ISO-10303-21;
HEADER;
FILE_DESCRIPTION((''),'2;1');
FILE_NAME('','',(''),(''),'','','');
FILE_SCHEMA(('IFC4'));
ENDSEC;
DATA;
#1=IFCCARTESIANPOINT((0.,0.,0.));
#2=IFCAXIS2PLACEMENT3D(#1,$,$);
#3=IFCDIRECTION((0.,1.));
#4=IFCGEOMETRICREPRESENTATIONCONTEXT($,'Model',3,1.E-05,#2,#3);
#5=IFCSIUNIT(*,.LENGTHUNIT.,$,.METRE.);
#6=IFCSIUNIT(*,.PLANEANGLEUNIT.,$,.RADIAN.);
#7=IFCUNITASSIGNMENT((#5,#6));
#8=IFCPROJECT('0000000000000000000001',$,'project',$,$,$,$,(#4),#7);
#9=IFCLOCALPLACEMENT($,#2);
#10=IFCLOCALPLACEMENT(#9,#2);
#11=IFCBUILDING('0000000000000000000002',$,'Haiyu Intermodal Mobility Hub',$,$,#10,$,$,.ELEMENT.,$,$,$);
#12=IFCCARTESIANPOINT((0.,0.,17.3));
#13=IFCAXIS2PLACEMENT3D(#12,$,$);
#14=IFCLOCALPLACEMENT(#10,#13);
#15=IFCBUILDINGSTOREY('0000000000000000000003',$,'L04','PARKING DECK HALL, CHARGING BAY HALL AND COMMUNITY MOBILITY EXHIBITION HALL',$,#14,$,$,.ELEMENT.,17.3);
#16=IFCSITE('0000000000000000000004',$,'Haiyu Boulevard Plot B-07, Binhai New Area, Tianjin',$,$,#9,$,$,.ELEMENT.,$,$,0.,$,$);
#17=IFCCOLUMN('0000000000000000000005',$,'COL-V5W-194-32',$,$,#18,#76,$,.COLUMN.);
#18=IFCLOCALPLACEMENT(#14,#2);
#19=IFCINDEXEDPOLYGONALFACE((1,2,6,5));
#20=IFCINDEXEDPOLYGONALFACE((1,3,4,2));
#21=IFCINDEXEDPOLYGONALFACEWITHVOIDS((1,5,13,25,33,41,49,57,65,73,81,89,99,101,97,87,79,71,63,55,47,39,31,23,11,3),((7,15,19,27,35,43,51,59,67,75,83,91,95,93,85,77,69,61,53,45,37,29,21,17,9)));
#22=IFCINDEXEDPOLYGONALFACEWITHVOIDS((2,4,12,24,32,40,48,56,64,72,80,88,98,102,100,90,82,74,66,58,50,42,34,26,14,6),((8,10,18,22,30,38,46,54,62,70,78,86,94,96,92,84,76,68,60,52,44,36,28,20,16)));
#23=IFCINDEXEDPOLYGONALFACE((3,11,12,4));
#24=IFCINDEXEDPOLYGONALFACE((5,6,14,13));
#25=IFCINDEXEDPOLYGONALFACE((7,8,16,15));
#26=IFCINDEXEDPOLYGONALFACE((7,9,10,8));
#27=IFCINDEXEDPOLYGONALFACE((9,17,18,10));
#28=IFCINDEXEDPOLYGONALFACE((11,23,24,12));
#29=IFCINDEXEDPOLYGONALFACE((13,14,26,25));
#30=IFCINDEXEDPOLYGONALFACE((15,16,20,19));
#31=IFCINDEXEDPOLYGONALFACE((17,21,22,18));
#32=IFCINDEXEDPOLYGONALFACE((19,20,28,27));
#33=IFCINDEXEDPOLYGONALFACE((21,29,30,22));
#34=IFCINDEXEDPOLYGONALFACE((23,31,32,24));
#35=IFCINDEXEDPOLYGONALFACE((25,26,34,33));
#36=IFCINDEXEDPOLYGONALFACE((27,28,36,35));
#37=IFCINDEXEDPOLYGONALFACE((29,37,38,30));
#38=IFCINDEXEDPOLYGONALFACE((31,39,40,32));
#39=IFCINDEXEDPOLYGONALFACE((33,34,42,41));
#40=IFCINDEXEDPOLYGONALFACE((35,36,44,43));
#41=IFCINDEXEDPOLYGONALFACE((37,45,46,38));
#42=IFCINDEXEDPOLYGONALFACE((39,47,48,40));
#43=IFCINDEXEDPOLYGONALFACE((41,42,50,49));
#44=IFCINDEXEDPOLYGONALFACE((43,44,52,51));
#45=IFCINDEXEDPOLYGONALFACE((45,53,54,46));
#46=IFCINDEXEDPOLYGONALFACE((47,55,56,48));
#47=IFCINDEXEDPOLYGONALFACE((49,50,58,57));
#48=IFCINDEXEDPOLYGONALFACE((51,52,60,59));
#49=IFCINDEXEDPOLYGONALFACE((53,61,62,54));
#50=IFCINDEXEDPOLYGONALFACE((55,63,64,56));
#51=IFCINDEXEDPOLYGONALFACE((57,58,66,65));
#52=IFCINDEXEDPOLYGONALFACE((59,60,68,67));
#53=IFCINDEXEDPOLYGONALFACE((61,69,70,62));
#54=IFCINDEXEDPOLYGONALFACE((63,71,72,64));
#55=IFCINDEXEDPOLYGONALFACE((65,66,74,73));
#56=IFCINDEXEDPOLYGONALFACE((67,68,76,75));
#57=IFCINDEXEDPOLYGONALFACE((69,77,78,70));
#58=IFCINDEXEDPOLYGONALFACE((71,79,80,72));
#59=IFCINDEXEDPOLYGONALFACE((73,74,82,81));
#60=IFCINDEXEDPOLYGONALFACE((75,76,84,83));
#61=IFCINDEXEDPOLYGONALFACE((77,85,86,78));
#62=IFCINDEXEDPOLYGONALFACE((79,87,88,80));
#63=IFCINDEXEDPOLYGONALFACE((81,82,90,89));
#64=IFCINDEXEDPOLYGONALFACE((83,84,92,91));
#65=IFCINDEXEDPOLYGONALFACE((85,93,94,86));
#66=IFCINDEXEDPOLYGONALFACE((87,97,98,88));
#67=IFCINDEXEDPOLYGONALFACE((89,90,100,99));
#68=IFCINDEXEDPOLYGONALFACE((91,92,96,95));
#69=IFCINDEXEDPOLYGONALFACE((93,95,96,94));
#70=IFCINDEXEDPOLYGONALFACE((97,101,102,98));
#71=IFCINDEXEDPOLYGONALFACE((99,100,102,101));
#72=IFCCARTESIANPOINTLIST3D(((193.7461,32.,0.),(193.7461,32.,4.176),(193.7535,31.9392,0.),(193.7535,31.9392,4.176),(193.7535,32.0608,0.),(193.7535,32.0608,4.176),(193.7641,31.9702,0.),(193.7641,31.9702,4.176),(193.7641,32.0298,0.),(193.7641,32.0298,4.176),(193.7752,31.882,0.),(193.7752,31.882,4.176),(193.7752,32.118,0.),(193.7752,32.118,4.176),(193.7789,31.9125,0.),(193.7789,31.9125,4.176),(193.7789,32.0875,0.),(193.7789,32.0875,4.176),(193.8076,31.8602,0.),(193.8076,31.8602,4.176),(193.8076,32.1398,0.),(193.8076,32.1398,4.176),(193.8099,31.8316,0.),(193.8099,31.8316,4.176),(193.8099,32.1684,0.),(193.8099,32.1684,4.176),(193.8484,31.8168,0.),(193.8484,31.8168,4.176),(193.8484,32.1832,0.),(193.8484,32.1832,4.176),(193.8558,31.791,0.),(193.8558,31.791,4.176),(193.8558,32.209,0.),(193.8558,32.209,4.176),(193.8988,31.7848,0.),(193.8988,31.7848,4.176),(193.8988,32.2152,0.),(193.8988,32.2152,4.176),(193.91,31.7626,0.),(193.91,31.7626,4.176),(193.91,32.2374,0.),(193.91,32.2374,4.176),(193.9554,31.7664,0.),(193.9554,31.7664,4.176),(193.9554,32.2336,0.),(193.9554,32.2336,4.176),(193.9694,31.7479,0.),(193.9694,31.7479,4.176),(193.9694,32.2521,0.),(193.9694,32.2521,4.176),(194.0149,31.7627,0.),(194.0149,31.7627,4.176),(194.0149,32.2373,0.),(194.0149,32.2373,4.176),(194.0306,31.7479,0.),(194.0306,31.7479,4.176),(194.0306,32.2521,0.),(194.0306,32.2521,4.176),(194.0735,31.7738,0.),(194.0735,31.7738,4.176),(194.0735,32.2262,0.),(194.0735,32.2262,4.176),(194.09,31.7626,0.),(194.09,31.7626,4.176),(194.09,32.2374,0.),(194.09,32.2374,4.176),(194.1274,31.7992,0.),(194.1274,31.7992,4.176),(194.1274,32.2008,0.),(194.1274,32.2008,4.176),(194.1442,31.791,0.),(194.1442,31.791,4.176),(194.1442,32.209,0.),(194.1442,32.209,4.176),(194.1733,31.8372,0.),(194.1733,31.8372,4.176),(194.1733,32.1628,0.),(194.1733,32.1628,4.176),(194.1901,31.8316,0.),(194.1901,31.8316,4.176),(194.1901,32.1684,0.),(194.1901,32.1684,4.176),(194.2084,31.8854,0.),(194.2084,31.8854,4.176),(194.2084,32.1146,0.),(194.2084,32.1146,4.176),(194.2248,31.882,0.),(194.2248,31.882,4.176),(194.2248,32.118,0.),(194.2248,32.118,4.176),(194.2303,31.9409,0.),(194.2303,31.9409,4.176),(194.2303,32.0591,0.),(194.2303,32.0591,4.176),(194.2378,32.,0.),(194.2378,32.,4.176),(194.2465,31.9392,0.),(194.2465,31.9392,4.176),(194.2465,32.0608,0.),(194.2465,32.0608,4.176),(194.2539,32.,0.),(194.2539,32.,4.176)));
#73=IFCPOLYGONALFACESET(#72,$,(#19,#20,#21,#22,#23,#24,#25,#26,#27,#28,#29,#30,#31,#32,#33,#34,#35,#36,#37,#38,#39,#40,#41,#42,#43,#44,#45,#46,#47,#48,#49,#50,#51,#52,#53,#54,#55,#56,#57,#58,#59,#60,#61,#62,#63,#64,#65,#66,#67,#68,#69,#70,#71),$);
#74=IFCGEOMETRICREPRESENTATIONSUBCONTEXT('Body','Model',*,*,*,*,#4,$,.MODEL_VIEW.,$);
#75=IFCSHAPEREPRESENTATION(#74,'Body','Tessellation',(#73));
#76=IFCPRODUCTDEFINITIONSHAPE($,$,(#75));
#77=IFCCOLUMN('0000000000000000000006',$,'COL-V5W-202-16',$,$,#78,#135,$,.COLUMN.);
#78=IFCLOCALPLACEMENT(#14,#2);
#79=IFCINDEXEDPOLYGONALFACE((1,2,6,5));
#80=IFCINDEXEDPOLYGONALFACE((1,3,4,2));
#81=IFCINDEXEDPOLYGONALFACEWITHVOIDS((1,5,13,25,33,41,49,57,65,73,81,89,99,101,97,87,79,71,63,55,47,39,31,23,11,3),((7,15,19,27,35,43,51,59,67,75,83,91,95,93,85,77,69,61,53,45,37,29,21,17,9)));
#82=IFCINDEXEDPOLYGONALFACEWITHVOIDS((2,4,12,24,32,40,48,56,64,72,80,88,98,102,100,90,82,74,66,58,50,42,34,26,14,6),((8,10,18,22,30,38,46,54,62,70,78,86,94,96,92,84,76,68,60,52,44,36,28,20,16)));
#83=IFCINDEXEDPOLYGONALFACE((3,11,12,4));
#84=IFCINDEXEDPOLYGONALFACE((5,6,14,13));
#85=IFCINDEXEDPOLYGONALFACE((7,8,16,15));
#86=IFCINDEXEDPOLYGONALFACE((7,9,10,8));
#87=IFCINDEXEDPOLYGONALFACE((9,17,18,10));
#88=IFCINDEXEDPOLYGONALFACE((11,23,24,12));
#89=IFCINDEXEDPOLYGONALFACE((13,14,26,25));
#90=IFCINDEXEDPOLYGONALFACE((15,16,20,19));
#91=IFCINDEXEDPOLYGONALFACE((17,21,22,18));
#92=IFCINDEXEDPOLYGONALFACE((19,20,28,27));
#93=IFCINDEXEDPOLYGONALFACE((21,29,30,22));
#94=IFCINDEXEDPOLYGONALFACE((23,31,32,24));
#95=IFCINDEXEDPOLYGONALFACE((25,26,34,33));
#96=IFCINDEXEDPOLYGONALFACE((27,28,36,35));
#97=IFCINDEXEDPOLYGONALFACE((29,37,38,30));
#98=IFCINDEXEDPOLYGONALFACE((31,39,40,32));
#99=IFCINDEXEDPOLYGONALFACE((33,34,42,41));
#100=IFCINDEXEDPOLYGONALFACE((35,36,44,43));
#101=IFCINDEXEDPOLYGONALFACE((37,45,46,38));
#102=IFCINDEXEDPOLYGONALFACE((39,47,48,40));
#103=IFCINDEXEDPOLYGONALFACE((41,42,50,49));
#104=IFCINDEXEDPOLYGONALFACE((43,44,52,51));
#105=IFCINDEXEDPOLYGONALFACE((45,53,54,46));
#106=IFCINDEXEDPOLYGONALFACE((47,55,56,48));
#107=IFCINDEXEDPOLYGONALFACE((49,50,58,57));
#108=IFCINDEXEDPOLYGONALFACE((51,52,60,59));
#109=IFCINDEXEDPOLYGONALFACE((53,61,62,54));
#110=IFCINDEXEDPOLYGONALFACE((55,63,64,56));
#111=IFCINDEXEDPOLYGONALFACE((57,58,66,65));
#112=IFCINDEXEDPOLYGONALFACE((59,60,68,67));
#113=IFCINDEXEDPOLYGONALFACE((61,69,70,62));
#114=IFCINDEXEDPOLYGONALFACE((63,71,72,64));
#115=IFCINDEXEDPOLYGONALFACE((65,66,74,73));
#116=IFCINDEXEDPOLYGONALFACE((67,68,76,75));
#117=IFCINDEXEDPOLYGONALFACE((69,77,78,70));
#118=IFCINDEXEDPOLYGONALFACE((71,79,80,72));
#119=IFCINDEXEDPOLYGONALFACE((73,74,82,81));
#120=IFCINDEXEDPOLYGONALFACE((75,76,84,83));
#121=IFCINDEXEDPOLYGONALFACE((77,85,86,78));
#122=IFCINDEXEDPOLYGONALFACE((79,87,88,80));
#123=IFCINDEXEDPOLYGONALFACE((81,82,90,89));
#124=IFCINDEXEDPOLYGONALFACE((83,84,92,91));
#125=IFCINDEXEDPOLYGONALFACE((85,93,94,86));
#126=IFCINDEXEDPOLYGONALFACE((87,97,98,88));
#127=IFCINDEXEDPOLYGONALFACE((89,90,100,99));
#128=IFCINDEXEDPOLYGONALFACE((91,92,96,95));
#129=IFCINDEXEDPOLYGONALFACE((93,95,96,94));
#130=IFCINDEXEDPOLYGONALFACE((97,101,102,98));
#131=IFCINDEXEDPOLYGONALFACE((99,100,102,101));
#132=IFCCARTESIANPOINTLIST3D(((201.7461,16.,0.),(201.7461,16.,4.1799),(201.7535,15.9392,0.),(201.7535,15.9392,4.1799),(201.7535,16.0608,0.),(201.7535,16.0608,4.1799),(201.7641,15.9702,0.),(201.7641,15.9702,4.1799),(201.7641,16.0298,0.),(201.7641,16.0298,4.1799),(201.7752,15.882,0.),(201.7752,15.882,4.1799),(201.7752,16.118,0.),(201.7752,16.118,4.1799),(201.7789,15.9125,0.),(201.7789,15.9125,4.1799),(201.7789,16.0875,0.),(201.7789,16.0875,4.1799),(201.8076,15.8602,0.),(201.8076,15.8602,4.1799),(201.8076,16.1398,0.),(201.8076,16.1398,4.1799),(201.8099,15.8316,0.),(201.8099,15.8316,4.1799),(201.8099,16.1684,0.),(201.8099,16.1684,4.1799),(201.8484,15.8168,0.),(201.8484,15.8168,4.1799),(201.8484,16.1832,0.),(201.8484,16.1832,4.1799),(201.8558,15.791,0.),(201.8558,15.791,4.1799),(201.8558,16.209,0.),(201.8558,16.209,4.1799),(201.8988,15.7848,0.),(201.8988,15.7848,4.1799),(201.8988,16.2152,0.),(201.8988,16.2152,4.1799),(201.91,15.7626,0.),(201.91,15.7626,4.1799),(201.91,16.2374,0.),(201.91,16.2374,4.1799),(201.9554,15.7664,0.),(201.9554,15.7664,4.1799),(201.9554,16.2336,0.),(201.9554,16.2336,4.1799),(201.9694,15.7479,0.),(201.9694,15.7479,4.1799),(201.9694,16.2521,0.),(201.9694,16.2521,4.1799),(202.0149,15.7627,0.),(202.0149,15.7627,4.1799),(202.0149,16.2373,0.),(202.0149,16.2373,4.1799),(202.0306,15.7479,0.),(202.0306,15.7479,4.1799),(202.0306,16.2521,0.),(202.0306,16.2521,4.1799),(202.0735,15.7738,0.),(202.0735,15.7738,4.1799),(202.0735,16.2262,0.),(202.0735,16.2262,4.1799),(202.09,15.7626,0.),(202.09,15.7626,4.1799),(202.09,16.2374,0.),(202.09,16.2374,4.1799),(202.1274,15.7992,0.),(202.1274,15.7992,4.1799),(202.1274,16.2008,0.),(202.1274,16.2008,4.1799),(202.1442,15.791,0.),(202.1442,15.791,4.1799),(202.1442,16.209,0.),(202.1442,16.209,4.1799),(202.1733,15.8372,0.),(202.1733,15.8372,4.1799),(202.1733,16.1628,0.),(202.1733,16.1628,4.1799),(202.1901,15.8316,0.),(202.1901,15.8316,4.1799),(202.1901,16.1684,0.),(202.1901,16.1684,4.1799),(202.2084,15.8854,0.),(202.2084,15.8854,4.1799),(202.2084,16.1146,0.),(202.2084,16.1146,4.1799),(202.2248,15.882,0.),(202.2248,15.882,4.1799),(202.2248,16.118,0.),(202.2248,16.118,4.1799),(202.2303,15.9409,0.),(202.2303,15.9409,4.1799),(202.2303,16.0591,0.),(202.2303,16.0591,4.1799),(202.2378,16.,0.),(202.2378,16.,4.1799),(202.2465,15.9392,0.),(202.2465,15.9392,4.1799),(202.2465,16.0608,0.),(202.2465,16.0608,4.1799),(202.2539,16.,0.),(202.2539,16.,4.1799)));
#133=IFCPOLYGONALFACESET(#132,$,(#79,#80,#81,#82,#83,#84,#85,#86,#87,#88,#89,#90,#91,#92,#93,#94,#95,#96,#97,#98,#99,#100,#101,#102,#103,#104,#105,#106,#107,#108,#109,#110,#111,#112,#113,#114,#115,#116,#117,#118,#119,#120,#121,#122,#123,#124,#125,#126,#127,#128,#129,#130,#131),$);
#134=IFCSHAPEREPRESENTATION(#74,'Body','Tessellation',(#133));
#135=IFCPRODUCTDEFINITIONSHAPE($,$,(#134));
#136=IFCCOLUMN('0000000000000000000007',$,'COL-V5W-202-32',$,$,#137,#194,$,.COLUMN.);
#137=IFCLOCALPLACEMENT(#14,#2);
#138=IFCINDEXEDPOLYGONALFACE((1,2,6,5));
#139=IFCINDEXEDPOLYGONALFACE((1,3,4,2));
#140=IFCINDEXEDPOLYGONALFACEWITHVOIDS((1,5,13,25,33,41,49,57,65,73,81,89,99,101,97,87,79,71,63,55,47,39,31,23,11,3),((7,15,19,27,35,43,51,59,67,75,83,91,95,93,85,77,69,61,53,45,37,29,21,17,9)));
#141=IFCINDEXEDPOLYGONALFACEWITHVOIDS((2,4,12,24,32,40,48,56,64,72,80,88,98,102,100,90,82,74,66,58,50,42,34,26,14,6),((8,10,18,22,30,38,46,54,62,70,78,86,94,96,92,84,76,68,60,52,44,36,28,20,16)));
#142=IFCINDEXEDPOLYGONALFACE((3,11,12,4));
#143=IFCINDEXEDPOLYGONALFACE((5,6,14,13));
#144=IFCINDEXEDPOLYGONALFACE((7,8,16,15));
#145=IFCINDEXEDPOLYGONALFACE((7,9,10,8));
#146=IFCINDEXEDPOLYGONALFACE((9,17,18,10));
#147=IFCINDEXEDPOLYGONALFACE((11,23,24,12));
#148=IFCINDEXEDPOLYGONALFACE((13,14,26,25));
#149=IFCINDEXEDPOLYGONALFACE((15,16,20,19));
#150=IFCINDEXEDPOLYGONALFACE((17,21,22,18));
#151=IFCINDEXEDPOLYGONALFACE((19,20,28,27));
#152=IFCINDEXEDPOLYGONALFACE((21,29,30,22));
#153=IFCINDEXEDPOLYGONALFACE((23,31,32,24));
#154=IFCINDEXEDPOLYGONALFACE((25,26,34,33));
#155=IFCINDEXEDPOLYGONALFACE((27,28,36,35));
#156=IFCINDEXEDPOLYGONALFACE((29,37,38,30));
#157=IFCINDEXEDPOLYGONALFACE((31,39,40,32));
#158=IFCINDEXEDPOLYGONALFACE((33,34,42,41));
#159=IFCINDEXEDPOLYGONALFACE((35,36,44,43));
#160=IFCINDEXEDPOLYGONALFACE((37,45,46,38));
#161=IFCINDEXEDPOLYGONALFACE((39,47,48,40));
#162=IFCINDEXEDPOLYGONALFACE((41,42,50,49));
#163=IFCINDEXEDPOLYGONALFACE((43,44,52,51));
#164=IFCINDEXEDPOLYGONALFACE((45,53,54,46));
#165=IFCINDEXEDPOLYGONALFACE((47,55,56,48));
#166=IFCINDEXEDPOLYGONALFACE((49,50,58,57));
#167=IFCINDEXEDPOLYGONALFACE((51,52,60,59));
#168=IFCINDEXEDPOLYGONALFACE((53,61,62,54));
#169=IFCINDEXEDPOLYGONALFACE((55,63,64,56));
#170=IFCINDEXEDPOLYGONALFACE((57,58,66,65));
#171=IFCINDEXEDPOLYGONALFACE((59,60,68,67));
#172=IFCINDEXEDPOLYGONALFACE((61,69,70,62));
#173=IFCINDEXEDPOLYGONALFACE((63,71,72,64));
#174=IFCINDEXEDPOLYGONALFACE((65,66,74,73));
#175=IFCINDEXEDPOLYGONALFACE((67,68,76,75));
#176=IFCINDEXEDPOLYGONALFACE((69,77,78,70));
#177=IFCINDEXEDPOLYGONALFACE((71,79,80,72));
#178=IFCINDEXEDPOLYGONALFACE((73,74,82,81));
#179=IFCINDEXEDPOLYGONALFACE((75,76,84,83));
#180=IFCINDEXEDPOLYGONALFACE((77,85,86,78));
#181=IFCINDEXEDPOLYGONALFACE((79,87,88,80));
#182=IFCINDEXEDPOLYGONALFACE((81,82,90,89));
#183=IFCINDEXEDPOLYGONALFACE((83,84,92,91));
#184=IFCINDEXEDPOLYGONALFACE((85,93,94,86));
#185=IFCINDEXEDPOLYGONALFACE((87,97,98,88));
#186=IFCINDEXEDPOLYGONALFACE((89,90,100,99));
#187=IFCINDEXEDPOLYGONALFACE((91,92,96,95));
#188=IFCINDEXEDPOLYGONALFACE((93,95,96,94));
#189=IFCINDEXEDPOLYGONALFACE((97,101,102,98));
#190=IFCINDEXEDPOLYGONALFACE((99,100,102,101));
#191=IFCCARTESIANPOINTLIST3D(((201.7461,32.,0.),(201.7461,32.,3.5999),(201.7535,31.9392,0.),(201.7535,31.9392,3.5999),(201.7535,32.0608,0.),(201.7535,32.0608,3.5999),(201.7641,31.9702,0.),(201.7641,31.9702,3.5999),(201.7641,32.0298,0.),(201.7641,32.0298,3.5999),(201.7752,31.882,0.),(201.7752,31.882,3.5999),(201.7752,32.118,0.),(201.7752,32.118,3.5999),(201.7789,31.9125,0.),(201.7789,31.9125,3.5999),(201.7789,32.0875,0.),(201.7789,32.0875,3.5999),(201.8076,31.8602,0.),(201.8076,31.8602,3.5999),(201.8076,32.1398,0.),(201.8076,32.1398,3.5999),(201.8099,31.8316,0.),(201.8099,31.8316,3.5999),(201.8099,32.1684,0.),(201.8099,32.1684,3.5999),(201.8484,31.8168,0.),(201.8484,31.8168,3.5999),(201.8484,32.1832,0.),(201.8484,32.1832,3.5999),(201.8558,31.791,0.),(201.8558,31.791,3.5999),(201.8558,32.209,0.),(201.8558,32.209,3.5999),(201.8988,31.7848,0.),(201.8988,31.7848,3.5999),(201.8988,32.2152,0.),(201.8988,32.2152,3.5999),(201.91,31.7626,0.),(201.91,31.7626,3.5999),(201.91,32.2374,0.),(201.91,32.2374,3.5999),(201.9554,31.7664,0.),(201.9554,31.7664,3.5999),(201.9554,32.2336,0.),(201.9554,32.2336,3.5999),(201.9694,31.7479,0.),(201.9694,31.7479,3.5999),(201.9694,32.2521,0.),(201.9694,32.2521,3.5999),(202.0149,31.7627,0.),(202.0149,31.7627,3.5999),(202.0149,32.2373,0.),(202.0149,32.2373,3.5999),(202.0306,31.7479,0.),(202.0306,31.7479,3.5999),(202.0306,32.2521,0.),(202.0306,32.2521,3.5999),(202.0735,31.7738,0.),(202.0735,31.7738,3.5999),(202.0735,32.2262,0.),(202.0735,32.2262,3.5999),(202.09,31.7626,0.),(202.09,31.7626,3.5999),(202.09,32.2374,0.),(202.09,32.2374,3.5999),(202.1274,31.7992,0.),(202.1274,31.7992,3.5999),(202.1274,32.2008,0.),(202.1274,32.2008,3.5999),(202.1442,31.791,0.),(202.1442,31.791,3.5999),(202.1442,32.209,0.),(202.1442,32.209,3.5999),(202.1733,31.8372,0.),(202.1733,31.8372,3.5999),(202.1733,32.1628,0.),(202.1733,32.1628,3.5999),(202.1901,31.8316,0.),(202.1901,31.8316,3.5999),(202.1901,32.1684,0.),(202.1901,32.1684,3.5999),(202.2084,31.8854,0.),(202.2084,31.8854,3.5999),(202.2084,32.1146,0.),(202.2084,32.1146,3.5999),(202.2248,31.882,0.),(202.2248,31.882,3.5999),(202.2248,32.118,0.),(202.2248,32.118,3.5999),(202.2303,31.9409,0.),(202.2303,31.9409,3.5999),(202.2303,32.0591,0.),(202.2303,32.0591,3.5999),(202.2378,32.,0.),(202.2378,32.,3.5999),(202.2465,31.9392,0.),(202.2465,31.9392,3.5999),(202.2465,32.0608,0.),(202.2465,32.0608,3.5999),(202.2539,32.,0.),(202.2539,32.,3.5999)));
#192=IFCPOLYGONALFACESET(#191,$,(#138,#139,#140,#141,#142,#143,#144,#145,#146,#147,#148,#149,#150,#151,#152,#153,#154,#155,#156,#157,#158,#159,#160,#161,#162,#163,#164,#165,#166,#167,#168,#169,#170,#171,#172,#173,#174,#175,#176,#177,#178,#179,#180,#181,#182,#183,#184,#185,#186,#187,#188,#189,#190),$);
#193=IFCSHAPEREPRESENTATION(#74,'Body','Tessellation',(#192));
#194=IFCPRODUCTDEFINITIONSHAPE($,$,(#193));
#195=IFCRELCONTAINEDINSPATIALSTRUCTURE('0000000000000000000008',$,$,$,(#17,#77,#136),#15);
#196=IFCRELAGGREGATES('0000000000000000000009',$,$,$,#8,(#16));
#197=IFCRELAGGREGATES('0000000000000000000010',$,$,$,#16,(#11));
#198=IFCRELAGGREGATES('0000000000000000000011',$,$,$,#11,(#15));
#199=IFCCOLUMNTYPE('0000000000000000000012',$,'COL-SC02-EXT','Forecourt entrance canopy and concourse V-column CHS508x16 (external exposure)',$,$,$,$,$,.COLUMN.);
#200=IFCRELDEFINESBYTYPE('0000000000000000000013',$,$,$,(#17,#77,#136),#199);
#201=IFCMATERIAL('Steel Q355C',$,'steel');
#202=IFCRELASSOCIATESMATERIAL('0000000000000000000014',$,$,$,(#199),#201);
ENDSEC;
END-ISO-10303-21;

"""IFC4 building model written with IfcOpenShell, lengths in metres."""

from ifc_helpers import new_model, si_unit, direction, frame, origin, origin_2d, place, context, subcontext, project, spatial, hollow_circle, extrude, material, material_profile, profile_set, type_object, element, save


model = new_model("IFC4")

# Units and contexts
model_context = context("Model", 3, precision=1e-05, world=origin(), true_north=direction((0.0, 1.0)))
body_context = subcontext(model_context, "Body", "Model", "MODEL_VIEW")
ifc_project = project(units=[si_unit("LENGTHUNIT", "METRE"), si_unit("PLANEANGLEUNIT", "RADIAN")], contexts=[model_context])

# Site, building, storey
site_placement = place(None, origin())
site = spatial("IfcSite", under=ifc_project, at=site_placement, Name="Haiyu Boulevard Plot B-07, Binhai New Area, Tianjin", CompositionType="ELEMENT", RefElevation=0.0)
building_placement = place(site_placement, origin())
building = spatial("IfcBuilding", under=site, at=building_placement, Name="Haiyu Intermodal Mobility Hub", CompositionType="ELEMENT")
storey_placement = place(building_placement, frame((0.0, 0.0, 17.3)))
storey = spatial("IfcBuildingStorey", under=building, at=storey_placement, Name="L04", Description="PARKING DECK HALL, CHARGING BAY HALL AND COMMUNITY MOBILITY EXHIBITION HALL", CompositionType="ELEMENT", Elevation=17.3)

# Columns
ifc_material_1 = material(Name="Steel Q355C", Category="steel")
ifc_material_profile_1 = material_profile(ifc_material_1, hollow_circle(Radius=0.2539, WallThickness=0.0161, at=origin_2d()), Name="CHS508x16")
ifc_profile_set_1 = profile_set([ifc_material_profile_1], Name="Steel Q355C")
column_type = type_object("IfcColumnType", Name="COL-SC02-EXT", Description="Forecourt entrance canopy and concourse V-column CHS508x16 (external exposure)", PredefinedType="COLUMN", material=ifc_profile_set_1)
column_1_placement = place(storey_placement, frame((194.0, 32.0, 0.0), z_axis=(0.0, 0.0, 1.0), x_axis=(1.0, 0.0, 0.0)))
element("IfcColumn", 1, at=column_1_placement, inside=storey, type_object=column_type, Name="COL-V5W-194-32", PredefinedType="COLUMN", context=body_context, shape_type="SweptSolid", body=[
    extrude(hollow_circle(Radius=0.2539, WallThickness=0.0161, at=origin_2d()), origin(), (0.0, 0.0, 1.0), 4.176),
])
column_2_placement = place(storey_placement, frame((202.0, 16.0, 0.0), z_axis=(0.0, 0.0, 1.0), x_axis=(1.0, 0.0, 0.0)))
element("IfcColumn", 2, at=column_2_placement, inside=storey, type_object=column_type, Name="COL-V5W-202-16", PredefinedType="COLUMN", context=body_context, shape_type="SweptSolid", body=[
    extrude(hollow_circle(Radius=0.2539, WallThickness=0.0161, at=origin_2d()), origin(), (0.0, 0.0, 1.0), 4.1799),
])
column_3_placement = place(storey_placement, frame((202.0, 32.0, 0.0), z_axis=(0.0, 0.0, 1.0), x_axis=(1.0, 0.0, 0.0)))
element("IfcColumn", 3, at=column_3_placement, inside=storey, type_object=column_type, Name="COL-V5W-202-32", PredefinedType="COLUMN", context=body_context, shape_type="SweptSolid", body=[
    extrude(hollow_circle(Radius=0.2539, WallThickness=0.0161, at=origin_2d()), origin(), (0.0, 0.0, 1.0), 3.5999),
])

save(model, "model.ifc")
